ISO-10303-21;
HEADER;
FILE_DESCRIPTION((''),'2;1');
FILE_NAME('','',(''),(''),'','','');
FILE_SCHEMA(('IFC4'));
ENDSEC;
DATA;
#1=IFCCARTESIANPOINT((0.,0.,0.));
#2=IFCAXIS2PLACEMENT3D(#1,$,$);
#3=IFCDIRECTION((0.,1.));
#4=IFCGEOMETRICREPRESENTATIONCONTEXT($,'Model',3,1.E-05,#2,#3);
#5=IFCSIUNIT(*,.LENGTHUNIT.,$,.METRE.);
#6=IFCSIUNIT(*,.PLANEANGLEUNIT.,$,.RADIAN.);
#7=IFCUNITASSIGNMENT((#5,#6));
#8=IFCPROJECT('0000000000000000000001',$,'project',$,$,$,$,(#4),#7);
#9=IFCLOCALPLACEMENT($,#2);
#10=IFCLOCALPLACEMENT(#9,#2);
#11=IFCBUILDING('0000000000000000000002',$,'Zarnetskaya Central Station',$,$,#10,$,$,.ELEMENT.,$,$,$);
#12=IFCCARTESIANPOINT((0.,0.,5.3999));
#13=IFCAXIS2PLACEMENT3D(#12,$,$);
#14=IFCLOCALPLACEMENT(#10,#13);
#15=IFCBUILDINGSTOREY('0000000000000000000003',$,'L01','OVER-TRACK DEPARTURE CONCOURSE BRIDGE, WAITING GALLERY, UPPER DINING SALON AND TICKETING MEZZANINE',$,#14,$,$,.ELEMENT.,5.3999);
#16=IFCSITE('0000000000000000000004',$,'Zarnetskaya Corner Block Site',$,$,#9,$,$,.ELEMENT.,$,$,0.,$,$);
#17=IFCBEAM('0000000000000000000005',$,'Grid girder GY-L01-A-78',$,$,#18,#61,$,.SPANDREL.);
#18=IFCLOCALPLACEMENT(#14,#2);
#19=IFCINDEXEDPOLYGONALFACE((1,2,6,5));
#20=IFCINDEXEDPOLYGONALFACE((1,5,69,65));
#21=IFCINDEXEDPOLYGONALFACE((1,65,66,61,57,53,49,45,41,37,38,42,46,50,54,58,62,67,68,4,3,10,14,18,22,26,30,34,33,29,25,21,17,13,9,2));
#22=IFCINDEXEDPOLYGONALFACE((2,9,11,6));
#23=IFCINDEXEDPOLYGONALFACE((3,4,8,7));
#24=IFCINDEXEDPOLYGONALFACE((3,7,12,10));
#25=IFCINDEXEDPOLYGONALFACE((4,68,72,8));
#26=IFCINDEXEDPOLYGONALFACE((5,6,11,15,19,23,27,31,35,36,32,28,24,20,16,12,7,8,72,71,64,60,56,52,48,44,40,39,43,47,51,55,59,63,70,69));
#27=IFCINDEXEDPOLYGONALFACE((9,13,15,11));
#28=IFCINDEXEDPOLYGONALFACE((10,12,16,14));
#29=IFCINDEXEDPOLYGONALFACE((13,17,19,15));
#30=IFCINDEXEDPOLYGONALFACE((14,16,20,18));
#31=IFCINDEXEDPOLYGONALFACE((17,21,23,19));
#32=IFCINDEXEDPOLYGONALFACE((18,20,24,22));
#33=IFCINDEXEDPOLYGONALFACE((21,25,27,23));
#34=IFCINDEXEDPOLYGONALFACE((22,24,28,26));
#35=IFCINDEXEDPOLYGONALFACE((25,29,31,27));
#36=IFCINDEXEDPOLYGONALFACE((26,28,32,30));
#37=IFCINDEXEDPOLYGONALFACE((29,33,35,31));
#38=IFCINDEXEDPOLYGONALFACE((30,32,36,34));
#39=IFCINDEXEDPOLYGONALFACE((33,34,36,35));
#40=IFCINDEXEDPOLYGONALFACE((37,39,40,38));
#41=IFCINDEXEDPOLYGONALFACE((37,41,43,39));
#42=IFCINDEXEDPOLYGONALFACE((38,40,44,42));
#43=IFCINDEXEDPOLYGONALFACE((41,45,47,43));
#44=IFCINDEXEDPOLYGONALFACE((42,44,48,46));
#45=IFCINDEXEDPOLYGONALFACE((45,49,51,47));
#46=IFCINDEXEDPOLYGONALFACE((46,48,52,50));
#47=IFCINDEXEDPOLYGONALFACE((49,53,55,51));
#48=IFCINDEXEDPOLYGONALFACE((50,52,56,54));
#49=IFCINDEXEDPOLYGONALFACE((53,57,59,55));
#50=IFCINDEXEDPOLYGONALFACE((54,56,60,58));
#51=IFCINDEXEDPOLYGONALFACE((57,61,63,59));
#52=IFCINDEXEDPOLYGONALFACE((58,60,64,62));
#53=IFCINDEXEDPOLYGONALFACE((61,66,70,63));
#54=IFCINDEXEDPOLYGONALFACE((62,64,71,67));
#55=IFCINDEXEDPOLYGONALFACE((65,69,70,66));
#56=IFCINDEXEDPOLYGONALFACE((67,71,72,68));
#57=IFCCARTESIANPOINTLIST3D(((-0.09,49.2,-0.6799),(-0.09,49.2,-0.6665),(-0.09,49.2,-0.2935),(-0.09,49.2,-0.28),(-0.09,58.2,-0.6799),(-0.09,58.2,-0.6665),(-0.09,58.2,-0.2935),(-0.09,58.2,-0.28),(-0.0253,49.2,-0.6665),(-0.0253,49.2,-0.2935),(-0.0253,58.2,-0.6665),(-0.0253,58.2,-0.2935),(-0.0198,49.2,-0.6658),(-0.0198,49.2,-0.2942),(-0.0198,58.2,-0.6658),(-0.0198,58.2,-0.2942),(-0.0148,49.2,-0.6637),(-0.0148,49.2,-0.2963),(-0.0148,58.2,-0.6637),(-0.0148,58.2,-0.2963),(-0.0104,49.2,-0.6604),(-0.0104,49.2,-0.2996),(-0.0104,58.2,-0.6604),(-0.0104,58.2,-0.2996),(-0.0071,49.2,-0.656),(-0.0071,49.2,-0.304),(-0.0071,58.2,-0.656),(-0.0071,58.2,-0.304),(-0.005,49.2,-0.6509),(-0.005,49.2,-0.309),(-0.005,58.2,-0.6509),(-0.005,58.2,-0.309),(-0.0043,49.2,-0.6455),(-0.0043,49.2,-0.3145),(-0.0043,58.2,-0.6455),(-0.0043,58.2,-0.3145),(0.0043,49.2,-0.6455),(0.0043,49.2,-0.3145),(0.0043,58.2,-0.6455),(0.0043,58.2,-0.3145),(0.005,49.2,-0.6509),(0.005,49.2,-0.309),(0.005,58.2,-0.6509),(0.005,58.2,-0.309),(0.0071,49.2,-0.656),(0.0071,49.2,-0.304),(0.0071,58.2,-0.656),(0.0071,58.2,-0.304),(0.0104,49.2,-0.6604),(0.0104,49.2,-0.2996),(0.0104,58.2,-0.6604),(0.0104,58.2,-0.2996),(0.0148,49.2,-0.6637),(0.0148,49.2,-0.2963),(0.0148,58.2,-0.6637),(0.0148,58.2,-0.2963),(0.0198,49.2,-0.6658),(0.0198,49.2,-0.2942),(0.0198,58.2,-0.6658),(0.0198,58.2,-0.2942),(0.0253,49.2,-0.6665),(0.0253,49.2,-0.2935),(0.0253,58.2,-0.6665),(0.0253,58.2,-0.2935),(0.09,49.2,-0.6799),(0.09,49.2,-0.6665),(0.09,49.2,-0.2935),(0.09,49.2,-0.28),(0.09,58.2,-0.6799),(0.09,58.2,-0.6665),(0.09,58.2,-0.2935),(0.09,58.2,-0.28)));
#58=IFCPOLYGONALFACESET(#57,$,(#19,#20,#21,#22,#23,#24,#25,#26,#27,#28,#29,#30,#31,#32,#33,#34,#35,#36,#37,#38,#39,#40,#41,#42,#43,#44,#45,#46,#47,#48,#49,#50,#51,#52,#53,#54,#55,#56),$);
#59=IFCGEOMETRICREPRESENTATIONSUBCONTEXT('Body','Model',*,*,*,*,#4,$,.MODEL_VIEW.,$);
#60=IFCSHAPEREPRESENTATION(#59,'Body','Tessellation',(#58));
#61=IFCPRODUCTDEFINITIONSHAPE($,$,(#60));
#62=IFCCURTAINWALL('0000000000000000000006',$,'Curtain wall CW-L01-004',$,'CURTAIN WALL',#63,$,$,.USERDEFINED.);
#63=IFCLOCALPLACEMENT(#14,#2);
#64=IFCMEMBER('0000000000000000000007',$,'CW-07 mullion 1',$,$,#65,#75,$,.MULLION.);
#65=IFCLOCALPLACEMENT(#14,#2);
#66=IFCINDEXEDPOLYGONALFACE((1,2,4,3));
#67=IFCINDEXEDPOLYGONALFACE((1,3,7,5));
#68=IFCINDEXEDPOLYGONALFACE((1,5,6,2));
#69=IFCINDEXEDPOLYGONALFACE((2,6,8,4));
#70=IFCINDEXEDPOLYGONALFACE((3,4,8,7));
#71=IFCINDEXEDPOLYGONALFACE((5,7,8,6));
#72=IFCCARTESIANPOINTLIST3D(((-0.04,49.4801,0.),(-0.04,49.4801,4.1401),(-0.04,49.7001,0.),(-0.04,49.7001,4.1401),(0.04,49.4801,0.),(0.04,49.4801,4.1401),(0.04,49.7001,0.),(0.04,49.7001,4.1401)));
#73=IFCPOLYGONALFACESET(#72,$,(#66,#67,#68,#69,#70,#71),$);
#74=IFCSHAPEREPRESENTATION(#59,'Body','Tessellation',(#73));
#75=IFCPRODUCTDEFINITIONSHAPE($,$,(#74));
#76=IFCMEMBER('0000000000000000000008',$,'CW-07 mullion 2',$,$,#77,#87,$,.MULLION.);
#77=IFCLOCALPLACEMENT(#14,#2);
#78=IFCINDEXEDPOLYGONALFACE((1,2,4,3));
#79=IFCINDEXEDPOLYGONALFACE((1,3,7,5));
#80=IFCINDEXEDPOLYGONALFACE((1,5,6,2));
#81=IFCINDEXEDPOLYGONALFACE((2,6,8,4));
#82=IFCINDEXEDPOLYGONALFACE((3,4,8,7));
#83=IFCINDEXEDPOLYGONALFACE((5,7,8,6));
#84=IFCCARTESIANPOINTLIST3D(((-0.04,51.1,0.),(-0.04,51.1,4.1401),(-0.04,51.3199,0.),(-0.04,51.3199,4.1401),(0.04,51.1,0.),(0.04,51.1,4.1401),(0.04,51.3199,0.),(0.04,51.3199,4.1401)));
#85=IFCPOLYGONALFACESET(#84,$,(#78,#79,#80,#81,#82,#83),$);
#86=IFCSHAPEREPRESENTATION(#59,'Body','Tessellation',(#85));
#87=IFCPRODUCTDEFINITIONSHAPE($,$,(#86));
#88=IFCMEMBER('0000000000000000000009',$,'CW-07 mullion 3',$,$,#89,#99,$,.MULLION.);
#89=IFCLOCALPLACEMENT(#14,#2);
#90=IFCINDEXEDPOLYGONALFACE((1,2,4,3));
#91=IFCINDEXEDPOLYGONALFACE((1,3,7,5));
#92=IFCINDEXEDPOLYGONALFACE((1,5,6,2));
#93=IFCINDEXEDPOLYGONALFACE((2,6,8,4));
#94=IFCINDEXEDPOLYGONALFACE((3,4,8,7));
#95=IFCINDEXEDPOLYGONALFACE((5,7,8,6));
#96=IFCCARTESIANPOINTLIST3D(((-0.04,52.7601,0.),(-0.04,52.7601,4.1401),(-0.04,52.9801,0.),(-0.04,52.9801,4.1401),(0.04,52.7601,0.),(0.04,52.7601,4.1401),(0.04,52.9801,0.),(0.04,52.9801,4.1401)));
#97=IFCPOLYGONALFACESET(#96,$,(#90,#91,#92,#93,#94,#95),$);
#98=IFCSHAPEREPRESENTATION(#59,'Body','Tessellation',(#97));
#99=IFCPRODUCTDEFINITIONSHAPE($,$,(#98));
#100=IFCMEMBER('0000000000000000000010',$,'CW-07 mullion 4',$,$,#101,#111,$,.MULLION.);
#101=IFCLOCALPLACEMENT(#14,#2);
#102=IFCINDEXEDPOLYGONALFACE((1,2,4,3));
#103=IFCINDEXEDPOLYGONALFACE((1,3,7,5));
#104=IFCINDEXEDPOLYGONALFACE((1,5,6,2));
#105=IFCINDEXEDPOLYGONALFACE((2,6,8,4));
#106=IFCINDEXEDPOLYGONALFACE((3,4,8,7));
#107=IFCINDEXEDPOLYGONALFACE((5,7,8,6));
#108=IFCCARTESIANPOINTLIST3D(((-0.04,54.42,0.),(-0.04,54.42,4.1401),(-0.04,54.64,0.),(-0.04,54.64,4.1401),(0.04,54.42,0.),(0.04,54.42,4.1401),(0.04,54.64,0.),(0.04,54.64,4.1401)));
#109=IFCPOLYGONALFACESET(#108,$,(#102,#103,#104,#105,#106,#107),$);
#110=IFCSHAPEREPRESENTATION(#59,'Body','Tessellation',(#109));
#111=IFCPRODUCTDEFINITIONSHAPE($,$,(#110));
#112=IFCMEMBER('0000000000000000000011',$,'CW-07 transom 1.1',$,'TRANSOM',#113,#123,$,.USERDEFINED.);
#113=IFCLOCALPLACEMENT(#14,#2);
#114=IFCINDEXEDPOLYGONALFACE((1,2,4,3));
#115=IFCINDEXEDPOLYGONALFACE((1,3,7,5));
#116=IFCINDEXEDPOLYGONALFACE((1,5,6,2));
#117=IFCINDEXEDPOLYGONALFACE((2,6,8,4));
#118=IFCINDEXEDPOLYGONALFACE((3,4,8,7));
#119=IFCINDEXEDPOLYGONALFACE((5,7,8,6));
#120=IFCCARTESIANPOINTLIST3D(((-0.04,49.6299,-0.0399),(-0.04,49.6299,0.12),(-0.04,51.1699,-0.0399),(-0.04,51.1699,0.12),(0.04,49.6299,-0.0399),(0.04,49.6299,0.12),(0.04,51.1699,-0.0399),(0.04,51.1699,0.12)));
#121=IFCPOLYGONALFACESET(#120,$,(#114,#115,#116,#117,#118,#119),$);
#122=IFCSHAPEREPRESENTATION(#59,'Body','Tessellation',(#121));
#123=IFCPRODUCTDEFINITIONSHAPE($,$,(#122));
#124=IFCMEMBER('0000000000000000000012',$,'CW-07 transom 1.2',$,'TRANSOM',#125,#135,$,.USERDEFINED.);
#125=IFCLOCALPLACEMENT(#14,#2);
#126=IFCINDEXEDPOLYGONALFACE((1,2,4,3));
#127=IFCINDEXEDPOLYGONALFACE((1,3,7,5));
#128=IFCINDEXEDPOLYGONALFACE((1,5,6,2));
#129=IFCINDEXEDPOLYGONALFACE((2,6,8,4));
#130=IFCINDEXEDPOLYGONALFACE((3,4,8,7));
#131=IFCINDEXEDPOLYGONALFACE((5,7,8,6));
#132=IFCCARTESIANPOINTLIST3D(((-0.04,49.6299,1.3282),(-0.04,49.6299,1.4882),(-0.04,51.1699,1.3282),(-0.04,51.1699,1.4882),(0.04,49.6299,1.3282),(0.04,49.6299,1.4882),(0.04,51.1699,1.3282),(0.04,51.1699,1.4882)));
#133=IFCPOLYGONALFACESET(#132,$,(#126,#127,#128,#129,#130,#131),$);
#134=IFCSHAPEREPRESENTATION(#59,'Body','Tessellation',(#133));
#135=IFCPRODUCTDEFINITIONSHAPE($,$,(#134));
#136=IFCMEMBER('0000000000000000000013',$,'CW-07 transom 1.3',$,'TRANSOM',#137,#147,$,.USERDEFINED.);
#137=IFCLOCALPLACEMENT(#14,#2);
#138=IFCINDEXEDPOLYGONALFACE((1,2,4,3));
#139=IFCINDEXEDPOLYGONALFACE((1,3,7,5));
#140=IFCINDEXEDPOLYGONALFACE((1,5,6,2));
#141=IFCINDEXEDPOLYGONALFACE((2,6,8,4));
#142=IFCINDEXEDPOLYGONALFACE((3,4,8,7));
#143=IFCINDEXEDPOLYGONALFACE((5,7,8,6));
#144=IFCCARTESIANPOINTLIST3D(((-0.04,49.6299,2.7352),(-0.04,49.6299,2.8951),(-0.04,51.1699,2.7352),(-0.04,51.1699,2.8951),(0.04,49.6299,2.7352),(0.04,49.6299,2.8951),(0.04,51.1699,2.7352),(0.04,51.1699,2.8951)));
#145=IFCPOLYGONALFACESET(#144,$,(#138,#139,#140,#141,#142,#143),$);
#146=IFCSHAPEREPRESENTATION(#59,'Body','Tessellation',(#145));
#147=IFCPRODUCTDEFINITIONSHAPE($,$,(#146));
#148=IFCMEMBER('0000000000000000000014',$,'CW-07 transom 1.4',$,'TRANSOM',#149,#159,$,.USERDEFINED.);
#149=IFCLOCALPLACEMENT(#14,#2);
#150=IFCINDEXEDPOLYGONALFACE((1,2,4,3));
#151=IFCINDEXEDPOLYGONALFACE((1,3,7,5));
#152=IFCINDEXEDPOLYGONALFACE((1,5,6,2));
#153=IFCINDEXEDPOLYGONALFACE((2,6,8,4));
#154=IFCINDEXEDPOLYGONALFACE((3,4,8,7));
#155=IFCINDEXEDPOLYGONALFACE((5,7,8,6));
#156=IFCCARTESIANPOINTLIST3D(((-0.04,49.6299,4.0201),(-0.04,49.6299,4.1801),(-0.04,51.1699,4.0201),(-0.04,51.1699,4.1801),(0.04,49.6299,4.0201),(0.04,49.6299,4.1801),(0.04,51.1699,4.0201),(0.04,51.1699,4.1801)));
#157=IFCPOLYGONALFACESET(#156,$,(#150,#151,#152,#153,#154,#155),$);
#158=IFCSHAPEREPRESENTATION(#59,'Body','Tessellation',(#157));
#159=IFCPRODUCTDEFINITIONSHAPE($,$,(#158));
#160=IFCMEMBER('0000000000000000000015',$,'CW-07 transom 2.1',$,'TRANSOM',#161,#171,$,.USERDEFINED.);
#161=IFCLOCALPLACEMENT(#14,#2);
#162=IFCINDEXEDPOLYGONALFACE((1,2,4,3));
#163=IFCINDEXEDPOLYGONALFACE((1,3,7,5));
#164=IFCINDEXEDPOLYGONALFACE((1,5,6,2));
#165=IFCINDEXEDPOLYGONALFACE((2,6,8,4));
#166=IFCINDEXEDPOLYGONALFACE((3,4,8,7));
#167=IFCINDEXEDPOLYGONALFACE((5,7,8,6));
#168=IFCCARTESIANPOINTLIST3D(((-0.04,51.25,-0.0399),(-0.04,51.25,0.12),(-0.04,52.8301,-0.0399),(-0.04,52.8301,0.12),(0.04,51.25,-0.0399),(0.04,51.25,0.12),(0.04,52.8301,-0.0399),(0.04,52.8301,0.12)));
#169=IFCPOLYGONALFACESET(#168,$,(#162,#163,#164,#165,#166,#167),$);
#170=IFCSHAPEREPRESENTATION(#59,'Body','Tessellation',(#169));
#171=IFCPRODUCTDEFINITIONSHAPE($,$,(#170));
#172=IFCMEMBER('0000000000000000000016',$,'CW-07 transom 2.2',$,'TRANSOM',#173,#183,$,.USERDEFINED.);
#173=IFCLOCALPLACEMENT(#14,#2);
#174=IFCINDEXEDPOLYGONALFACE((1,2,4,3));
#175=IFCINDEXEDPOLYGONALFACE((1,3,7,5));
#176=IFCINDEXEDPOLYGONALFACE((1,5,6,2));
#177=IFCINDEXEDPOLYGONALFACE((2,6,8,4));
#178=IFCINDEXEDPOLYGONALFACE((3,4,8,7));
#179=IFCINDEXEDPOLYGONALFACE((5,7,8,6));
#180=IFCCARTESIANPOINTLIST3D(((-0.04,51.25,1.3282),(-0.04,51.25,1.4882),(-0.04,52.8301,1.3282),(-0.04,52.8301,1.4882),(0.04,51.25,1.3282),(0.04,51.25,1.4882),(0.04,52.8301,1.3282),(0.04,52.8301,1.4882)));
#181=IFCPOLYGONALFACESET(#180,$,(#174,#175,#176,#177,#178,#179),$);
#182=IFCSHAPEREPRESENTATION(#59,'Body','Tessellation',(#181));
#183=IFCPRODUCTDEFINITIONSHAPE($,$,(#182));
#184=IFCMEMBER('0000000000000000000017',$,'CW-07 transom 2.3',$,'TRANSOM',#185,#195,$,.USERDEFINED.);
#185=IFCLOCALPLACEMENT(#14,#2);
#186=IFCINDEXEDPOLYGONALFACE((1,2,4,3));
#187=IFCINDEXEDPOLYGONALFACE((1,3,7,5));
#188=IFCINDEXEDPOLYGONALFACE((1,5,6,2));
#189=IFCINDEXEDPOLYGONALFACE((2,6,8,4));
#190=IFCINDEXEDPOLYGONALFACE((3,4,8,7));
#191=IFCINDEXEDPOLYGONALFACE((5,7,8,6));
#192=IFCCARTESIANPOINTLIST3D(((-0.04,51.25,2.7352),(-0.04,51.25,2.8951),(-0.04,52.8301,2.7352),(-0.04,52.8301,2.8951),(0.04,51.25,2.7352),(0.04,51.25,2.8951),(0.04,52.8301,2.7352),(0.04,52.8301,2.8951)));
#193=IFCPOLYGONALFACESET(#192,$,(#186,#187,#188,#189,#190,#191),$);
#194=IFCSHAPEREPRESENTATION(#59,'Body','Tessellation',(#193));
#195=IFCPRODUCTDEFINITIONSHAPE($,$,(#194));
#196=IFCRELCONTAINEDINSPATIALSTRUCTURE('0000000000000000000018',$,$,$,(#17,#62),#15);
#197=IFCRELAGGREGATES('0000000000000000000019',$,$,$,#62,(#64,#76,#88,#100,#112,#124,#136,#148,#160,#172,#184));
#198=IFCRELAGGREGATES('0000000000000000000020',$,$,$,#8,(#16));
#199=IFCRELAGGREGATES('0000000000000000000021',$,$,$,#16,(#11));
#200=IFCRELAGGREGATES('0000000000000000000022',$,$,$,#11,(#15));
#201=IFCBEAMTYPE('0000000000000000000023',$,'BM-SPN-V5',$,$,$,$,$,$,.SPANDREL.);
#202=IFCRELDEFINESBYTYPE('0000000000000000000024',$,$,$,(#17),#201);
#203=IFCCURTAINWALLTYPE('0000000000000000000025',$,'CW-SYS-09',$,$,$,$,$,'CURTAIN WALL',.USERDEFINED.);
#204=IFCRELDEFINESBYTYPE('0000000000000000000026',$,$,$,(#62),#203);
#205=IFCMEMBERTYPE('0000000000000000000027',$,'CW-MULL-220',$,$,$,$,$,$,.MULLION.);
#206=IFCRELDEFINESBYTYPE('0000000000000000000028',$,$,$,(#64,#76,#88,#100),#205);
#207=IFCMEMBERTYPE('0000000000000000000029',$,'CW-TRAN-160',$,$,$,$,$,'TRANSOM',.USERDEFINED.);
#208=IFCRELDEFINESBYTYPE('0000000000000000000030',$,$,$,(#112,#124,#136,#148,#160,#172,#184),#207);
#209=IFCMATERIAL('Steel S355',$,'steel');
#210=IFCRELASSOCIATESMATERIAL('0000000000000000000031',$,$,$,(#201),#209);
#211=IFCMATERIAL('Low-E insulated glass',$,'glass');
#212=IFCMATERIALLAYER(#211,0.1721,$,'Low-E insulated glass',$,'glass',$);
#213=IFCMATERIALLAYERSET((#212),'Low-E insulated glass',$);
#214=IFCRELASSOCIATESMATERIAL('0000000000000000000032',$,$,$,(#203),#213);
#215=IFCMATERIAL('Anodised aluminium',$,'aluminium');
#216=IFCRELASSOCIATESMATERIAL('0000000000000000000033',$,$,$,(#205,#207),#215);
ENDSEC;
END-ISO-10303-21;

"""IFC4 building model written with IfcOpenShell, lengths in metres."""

from ifc_helpers import new_model, si_unit, direction, frame, origin, origin_2d, place, context, subcontext, project, spatial, rectangle, i_section, extrude, material, layer, layer_set, material_profile, profile_set, type_object, element, aggregate, save


model = new_model("IFC4")

# Units and contexts
model_context = context("Model", 3, precision=1e-05, world=origin(), true_north=direction((0.0, 1.0)))
body_context = subcontext(model_context, "Body", "Model", "MODEL_VIEW")
ifc_project = project(units=[si_unit("LENGTHUNIT", "METRE"), si_unit("PLANEANGLEUNIT", "RADIAN")], contexts=[model_context])

# Site, building, storey
site_placement = place(None, origin())
site = spatial("IfcSite", under=ifc_project, at=site_placement, Name="Zarnetskaya Corner Block Site", CompositionType="ELEMENT", RefElevation=0.0)
building_placement = place(site_placement, origin())
building = spatial("IfcBuilding", under=site, at=building_placement, Name="Zarnetskaya Central Station", CompositionType="ELEMENT")
storey_placement = place(building_placement, frame((0.0, 0.0, 5.3999)))
storey = spatial("IfcBuildingStorey", under=building, at=storey_placement, Name="L01", Description="OVER-TRACK DEPARTURE CONCOURSE BRIDGE, WAITING GALLERY, UPPER DINING SALON AND TICKETING MEZZANINE", CompositionType="ELEMENT", Elevation=5.3999)

# Shared definitions
ifc_material_1 = material(Name="Steel S355", Category="steel")

# Beam
ifc_material_profile_1 = material_profile(ifc_material_1, i_section(OverallWidth=0.1799, OverallDepth=0.3999, WebThickness=0.0085, FlangeThickness=0.0134, FilletRadius=0.021, at=origin_2d()), Name="IPE 400")
ifc_profile_set_1 = profile_set([ifc_material_profile_1], Name="Steel S355")
beam_type_1 = type_object("IfcBeamType", Name="BM-SPN-V5", PredefinedType="SPANDREL", material=ifc_profile_set_1)
beam_1_placement = place(storey_placement, frame((0.0, 49.2, -0.48), z_axis=(0.0, 1.0, 0.0), x_axis=(-1.0, 0.0, 0.0)))
element("IfcBeam", 1, at=beam_1_placement, inside=storey, type_object=beam_type_1, Name="Grid girder GY-L01-A-78", PredefinedType="SPANDREL", context=body_context, shape_type="SweptSolid", body=[
    extrude(i_section(OverallWidth=0.1799, OverallDepth=0.3999, WebThickness=0.0085, FlangeThickness=0.0134, FilletRadius=0.021, at=origin_2d()), origin(), (0.0, 0.0, 1.0), 9.0),
])

# Curtain wall, members
ifc_material_2 = material(Name="Low-E insulated glass", Category="glass")
ifc_layer_1 = layer(ifc_material_2, 0.1721, Name="Low-E insulated glass", Category="glass")
ifc_layer_set_1 = layer_set([ifc_layer_1], Name="Low-E insulated glass")
curtain_wall_type = type_object("IfcCurtainWallType", Name="CW-SYS-09", ElementType="CURTAIN WALL", PredefinedType="USERDEFINED", material=ifc_layer_set_1)
curtain_wall_placement = place(storey_placement, origin())
curtain_wall = element("IfcCurtainWall", 2, at=curtain_wall_placement, inside=storey, type_object=curtain_wall_type, Name="Curtain wall CW-L01-004", ObjectType="CURTAIN WALL", PredefinedType="USERDEFINED")
ifc_material_3 = material(Name="Anodised aluminium", Category="aluminium")
ifc_material_profile_2 = material_profile(ifc_material_3, rectangle(XDim=0.0801, YDim=0.22, at=origin_2d()), Name="ALU MULL 80x220")
ifc_profile_set_2 = profile_set([ifc_material_profile_2], Name="Anodised aluminium")
member_type_1 = type_object("IfcMemberType", Name="CW-MULL-220", PredefinedType="MULLION", material=ifc_profile_set_2)
member_1_placement = place(storey_placement, frame((0.0, 49.5901, 0.0), z_axis=(0.0, 0.0, 1.0), x_axis=(-1.0, 0.0, 0.0)))
member_1 = element("IfcMember", 3, at=member_1_placement, type_object=member_type_1, Name="CW-07 mullion 1", PredefinedType="MULLION", context=body_context, shape_type="SweptSolid", body=[
    extrude(rectangle(XDim=0.0801, YDim=0.22, at=origin_2d()), origin(), (0.0, 0.0, 1.0), 4.1401),
])
member_2_placement = place(storey_placement, frame((0.0, 51.21, 0.0), z_axis=(0.0, 0.0, 1.0), x_axis=(-1.0, 0.0, 0.0)))
member_2 = element("IfcMember", 4, at=member_2_placement, type_object=member_type_1, Name="CW-07 mullion 2", PredefinedType="MULLION", context=body_context, shape_type="SweptSolid", body=[
    extrude(rectangle(XDim=0.0801, YDim=0.22, at=origin_2d()), origin(), (0.0, 0.0, 1.0), 4.1401),
])
member_3_placement = place(storey_placement, frame((0.0, 52.8701, 0.0), z_axis=(0.0, 0.0, 1.0), x_axis=(-1.0, 0.0, 0.0)))
member_3 = element("IfcMember", 5, at=member_3_placement, type_object=member_type_1, Name="CW-07 mullion 3", PredefinedType="MULLION", context=body_context, shape_type="SweptSolid", body=[
    extrude(rectangle(XDim=0.0801, YDim=0.22, at=origin_2d()), origin(), (0.0, 0.0, 1.0), 4.1401),
])
member_4_placement = place(storey_placement, frame((0.0, 54.53, 0.0), z_axis=(0.0, 0.0, 1.0), x_axis=(-1.0, 0.0, 0.0)))
member_4 = element("IfcMember", 6, at=member_4_placement, type_object=member_type_1, Name="CW-07 mullion 4", PredefinedType="MULLION", context=body_context, shape_type="SweptSolid", body=[
    extrude(rectangle(XDim=0.0801, YDim=0.22, at=origin_2d()), origin(), (0.0, 0.0, 1.0), 4.1401),
])
ifc_material_profile_3 = material_profile(ifc_material_3, rectangle(XDim=0.0801, YDim=0.1599, at=origin_2d()), Name="ALU TRAN 80x160")
ifc_profile_set_3 = profile_set([ifc_material_profile_3], Name="Anodised aluminium")
member_type_2 = type_object("IfcMemberType", Name="CW-TRAN-160", ElementType="TRANSOM", PredefinedType="USERDEFINED", material=ifc_profile_set_3)
member_5_placement = place(storey_placement, frame((0.0, 49.6299, 0.04), z_axis=(0.0, 1.0, 0.0), x_axis=(-1.0, 0.0, 0.0)))
member_5 = element("IfcMember", 7, at=member_5_placement, type_object=member_type_2, Name="CW-07 transom 1.1", ObjectType="TRANSOM", PredefinedType="USERDEFINED", context=body_context, shape_type="SweptSolid", body=[
    extrude(rectangle(XDim=0.0801, YDim=0.1599, at=origin_2d()), origin(), (0.0, 0.0, 1.0), 1.54),
])
member_6_placement = place(storey_placement, frame((0.0, 49.6299, 1.4082), z_axis=(0.0, 1.0, 0.0), x_axis=(-1.0, 0.0, 0.0)))
member_6 = element("IfcMember", 8, at=member_6_placement, type_object=member_type_2, Name="CW-07 transom 1.2", ObjectType="TRANSOM", PredefinedType="USERDEFINED", context=body_context, shape_type="SweptSolid", body=[
    extrude(rectangle(XDim=0.0801, YDim=0.1599, at=origin_2d()), origin(), (0.0, 0.0, 1.0), 1.54),
])
member_7_placement = place(storey_placement, frame((0.0, 49.6299, 2.8152), z_axis=(0.0, 1.0, 0.0), x_axis=(-1.0, 0.0, 0.0)))
member_7 = element("IfcMember", 9, at=member_7_placement, type_object=member_type_2, Name="CW-07 transom 1.3", ObjectType="TRANSOM", PredefinedType="USERDEFINED", context=body_context, shape_type="SweptSolid", body=[
    extrude(rectangle(XDim=0.0801, YDim=0.1599, at=origin_2d()), origin(), (0.0, 0.0, 1.0), 1.54),
])
member_8_placement = place(storey_placement, frame((0.0, 49.6299, 4.1001), z_axis=(0.0, 1.0, 0.0), x_axis=(-1.0, 0.0, 0.0)))
member_8 = element("IfcMember", 10, at=member_8_placement, type_object=member_type_2, Name="CW-07 transom 1.4", ObjectType="TRANSOM", PredefinedType="USERDEFINED", context=body_context, shape_type="SweptSolid", body=[
    extrude(rectangle(XDim=0.0801, YDim=0.1599, at=origin_2d()), origin(), (0.0, 0.0, 1.0), 1.54),
])
member_9_placement = place(storey_placement, frame((0.0, 51.25, 0.04), z_axis=(0.0, 1.0, 0.0), x_axis=(-1.0, 0.0, 0.0)))
member_9 = element("IfcMember", 11, at=member_9_placement, type_object=member_type_2, Name="CW-07 transom 2.1", ObjectType="TRANSOM", PredefinedType="USERDEFINED", context=body_context, shape_type="SweptSolid", body=[
    extrude(rectangle(XDim=0.0801, YDim=0.1599, at=origin_2d()), origin(), (0.0, 0.0, 1.0), 1.5801),
])
member_10_placement = place(storey_placement, frame((0.0, 51.25, 1.4082), z_axis=(0.0, 1.0, 0.0), x_axis=(-1.0, 0.0, 0.0)))
member_10 = element("IfcMember", 12, at=member_10_placement, type_object=member_type_2, Name="CW-07 transom 2.2", ObjectType="TRANSOM", PredefinedType="USERDEFINED", context=body_context, shape_type="SweptSolid", body=[
    extrude(rectangle(XDim=0.0801, YDim=0.1599, at=origin_2d()), origin(), (0.0, 0.0, 1.0), 1.5801),
])
member_11_placement = place(storey_placement, frame((0.0, 51.25, 2.8152), z_axis=(0.0, 1.0, 0.0), x_axis=(-1.0, 0.0, 0.0)))
member_11 = element("IfcMember", 13, at=member_11_placement, type_object=member_type_2, Name="CW-07 transom 2.3", ObjectType="TRANSOM", PredefinedType="USERDEFINED", context=body_context, shape_type="SweptSolid", body=[
    extrude(rectangle(XDim=0.0801, YDim=0.1599, at=origin_2d()), origin(), (0.0, 0.0, 1.0), 1.5801),
])

aggregate(curtain_wall, [member_1, member_2, member_3, member_4, member_5, member_6, member_7, member_8, member_9, member_10, member_11])

save(model, "model.ifc")
